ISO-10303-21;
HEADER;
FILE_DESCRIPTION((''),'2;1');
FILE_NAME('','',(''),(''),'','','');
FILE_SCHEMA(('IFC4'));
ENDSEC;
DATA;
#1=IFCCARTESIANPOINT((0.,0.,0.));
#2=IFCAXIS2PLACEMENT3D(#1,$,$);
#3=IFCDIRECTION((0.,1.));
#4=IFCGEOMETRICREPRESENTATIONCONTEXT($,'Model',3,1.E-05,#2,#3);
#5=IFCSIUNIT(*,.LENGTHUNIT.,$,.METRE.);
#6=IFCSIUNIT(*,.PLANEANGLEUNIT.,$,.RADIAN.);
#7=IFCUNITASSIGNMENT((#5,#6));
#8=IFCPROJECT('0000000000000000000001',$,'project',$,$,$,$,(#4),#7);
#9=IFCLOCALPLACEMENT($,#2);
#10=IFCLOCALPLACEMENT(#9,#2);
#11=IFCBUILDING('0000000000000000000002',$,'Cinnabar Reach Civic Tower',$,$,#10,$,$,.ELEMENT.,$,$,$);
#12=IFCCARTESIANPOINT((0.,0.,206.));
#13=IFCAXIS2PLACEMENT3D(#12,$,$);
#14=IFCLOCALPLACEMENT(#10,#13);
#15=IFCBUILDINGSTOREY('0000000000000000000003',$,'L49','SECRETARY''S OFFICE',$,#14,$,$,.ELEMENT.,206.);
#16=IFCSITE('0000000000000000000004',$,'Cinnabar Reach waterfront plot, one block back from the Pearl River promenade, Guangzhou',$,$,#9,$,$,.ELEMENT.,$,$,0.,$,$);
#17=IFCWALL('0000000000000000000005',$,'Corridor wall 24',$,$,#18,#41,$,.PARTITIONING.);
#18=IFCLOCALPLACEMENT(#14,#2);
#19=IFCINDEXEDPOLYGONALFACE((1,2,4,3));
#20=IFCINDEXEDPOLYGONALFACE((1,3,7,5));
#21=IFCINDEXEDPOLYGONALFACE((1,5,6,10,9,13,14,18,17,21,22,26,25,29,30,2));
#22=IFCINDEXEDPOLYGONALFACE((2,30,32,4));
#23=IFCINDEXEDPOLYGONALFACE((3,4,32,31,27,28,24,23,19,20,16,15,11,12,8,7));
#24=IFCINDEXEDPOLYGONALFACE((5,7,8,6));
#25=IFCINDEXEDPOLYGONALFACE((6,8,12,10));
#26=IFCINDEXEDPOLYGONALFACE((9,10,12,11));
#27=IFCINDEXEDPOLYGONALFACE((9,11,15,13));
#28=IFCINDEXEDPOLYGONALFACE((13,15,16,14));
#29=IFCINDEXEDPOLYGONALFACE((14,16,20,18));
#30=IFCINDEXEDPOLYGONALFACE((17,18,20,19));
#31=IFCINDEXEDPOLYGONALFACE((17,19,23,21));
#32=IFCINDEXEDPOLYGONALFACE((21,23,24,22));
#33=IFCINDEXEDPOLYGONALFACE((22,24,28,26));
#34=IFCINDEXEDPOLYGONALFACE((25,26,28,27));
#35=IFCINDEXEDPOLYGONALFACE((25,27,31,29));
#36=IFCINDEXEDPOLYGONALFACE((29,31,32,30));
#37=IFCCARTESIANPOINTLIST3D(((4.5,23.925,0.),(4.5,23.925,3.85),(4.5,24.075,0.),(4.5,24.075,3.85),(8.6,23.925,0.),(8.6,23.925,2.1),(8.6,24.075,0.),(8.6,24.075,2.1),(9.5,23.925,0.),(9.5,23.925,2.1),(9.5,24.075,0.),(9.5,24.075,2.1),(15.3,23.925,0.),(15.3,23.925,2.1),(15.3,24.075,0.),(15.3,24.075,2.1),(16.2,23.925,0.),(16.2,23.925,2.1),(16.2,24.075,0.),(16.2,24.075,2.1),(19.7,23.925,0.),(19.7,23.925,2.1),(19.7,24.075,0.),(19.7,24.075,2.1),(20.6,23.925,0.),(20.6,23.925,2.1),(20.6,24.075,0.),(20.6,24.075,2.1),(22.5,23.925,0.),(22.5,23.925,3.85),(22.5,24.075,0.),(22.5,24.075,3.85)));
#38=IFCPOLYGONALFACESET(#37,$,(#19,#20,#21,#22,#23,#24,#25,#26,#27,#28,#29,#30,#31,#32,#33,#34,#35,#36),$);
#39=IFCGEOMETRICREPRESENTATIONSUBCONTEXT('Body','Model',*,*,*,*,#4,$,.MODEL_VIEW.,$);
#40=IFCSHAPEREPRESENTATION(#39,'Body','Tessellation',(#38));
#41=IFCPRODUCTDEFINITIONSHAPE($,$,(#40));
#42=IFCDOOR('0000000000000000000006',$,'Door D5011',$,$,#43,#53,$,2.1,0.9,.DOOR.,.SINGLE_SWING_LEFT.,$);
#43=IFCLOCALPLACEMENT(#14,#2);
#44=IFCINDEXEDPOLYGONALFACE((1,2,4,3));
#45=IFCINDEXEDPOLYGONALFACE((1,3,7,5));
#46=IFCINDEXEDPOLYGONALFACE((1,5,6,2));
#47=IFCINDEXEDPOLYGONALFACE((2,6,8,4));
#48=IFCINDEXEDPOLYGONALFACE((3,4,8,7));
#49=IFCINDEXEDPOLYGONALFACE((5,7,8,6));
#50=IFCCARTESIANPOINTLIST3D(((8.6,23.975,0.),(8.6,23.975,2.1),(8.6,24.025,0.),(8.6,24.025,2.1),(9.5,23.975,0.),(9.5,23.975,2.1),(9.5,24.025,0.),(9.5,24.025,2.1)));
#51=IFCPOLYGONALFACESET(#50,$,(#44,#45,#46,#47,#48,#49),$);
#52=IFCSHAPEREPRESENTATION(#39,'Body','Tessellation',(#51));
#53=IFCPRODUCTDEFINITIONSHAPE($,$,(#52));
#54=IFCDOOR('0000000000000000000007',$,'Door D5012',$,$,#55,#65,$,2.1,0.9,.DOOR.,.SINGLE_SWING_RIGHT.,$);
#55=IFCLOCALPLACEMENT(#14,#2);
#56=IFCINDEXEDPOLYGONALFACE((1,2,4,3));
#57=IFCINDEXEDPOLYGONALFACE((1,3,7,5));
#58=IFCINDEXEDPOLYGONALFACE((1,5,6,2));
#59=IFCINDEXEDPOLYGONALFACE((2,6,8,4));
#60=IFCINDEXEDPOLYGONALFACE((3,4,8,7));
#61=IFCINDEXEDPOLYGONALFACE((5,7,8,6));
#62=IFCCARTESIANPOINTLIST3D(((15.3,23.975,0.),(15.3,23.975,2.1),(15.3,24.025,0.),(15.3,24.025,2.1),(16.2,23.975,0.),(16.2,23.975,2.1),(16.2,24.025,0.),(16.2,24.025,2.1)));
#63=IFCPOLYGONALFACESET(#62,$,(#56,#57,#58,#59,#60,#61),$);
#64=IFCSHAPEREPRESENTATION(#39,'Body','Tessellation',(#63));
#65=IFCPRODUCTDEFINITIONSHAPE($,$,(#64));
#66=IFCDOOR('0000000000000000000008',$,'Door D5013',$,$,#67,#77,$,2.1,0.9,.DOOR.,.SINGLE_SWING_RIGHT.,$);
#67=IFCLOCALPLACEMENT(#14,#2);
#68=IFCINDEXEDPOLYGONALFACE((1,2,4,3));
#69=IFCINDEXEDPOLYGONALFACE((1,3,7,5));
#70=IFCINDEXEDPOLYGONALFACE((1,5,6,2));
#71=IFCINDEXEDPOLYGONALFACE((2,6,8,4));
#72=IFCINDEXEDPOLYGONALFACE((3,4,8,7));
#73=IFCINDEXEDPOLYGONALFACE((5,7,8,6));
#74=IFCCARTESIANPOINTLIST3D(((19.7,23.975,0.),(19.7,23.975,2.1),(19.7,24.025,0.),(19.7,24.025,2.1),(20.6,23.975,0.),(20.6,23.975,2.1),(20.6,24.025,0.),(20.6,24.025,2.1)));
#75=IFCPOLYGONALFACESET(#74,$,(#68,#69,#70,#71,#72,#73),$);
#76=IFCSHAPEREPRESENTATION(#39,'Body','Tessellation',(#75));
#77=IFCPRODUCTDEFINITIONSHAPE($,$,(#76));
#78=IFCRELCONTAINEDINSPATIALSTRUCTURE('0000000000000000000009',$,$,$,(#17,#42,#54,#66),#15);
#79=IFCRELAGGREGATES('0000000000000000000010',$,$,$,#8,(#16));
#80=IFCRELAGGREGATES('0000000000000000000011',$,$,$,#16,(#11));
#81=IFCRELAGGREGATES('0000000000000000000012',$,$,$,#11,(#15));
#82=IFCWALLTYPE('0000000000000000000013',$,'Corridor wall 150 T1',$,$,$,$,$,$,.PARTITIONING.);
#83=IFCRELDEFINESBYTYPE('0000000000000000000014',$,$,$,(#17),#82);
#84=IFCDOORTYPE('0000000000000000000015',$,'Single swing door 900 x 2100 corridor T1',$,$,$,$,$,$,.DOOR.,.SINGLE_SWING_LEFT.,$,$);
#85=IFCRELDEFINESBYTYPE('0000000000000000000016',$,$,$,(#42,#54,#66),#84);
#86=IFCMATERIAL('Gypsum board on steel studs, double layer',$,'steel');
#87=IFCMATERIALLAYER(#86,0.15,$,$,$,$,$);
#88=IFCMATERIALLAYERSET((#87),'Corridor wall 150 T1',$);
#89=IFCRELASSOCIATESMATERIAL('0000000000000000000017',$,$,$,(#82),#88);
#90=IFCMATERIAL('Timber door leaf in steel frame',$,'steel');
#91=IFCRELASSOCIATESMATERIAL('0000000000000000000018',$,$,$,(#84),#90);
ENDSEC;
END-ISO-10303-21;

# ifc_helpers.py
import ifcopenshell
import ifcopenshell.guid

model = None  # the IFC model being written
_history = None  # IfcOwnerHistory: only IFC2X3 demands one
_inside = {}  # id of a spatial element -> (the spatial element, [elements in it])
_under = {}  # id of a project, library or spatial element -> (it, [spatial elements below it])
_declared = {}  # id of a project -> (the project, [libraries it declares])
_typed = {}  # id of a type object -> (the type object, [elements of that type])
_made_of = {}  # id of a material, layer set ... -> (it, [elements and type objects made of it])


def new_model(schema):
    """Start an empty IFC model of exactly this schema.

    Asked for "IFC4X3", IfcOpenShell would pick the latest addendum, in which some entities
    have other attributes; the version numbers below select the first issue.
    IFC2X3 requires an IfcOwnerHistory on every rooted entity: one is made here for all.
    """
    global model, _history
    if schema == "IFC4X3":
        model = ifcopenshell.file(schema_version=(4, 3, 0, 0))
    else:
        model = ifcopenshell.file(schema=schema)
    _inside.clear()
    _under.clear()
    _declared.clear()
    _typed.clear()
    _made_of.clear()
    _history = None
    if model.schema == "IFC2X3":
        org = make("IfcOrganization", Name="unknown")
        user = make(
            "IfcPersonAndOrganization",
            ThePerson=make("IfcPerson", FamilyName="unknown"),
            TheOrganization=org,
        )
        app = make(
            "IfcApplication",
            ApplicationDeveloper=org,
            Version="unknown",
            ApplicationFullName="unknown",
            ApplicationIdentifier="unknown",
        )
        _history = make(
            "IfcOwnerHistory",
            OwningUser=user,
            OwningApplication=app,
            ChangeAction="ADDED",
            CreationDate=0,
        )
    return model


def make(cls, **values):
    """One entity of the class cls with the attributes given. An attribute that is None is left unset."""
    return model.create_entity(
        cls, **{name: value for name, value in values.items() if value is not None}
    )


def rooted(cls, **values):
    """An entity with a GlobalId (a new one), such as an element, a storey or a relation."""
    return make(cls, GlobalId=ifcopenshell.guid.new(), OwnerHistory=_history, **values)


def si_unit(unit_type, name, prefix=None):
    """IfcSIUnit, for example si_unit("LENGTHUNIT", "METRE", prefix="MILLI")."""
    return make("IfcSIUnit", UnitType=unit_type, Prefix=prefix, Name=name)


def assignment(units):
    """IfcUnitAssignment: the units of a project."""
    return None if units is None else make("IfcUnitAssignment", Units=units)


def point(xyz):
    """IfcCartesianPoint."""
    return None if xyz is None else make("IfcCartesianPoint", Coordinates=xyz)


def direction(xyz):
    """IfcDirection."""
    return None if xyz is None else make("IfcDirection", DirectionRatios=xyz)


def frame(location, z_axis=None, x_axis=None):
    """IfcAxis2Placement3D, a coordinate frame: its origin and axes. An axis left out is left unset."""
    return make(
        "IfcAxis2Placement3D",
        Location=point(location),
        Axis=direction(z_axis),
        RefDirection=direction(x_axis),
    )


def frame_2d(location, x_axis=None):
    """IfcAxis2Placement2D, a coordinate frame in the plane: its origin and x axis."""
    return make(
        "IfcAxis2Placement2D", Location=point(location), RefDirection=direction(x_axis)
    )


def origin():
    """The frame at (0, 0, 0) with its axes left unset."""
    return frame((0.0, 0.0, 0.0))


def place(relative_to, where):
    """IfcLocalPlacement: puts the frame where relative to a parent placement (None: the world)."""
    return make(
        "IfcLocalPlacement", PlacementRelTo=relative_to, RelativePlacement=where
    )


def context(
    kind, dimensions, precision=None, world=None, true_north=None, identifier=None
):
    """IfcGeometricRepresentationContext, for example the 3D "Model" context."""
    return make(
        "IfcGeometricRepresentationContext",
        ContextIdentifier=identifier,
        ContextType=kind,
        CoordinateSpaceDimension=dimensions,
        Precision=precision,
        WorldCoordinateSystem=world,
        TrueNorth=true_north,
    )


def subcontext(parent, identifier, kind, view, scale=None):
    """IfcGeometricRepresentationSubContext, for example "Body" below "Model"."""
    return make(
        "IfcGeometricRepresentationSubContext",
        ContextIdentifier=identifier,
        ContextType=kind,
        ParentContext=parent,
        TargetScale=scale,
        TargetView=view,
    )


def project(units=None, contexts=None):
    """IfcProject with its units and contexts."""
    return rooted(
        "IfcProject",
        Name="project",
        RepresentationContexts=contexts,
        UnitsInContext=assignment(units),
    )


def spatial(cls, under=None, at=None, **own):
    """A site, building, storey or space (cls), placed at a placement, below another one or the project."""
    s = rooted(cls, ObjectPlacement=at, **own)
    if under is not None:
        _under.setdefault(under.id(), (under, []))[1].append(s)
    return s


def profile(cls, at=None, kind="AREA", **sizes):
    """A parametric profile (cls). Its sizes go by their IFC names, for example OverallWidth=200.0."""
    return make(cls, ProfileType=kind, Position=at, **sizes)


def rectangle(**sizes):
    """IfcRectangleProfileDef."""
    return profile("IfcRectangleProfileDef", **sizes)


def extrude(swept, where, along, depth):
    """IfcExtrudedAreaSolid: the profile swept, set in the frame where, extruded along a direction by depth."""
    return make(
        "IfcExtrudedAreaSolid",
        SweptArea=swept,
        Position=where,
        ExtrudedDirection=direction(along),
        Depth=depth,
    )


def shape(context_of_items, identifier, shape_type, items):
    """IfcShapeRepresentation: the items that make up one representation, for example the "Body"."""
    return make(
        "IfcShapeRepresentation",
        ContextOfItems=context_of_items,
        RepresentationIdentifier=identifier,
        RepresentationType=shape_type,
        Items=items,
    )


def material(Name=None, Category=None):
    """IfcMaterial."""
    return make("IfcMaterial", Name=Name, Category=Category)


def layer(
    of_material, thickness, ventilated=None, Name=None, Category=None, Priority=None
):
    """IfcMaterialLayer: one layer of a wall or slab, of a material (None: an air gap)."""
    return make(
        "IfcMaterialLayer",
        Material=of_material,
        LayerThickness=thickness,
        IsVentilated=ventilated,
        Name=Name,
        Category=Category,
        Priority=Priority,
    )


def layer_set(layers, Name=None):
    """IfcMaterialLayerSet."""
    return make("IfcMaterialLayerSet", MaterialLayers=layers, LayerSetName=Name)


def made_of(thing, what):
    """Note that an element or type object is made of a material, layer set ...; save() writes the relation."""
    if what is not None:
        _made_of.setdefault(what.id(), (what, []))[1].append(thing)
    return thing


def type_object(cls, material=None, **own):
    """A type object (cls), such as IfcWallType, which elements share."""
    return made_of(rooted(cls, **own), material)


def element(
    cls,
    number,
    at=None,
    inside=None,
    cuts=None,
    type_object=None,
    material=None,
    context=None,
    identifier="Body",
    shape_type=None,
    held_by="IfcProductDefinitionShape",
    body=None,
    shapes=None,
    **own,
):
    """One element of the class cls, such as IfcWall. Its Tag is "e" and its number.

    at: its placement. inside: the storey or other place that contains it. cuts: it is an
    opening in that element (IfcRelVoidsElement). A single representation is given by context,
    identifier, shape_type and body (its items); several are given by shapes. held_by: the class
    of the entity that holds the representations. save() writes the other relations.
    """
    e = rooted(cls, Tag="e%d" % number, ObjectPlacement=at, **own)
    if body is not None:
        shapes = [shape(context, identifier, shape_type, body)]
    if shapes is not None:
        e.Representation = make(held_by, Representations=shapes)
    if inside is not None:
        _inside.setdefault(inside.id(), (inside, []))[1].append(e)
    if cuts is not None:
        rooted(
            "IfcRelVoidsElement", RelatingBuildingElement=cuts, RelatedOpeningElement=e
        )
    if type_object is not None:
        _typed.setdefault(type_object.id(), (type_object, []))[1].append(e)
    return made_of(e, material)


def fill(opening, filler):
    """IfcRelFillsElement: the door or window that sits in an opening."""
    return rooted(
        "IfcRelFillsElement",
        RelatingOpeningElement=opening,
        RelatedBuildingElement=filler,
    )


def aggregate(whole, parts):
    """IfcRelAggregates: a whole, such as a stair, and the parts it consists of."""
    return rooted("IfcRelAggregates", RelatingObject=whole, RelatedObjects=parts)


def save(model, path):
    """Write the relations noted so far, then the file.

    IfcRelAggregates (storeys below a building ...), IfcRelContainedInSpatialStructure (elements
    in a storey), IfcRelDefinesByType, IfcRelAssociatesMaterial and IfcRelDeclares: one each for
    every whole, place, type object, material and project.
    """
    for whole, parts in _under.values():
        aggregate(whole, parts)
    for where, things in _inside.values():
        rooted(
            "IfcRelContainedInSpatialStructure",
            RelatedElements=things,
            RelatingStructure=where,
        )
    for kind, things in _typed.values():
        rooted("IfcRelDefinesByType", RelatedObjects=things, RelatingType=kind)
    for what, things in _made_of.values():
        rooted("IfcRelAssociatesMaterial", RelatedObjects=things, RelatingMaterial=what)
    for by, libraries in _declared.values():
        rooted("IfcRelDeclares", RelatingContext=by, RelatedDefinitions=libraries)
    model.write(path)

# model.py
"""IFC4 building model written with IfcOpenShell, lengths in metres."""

from ifc_helpers import new_model, si_unit, direction, frame, frame_2d, origin, place, context, subcontext, project, spatial, rectangle, extrude, material, layer, layer_set, type_object, element, fill, save


model = new_model("IFC4")

# Units and contexts
model_context = context("Model", 3, precision=1e-05, world=origin(), true_north=direction((0.0, 1.0)))
body_context = subcontext(model_context, "Body", "Model", "MODEL_VIEW")
ifc_project = project(units=[si_unit("LENGTHUNIT", "METRE"), si_unit("PLANEANGLEUNIT", "RADIAN")], contexts=[model_context])

# Site, building, storey
site_placement = place(None, origin())
site = spatial("IfcSite", under=ifc_project, at=site_placement, Name="Cinnabar Reach waterfront plot, one block back from the Pearl River promenade, Guangzhou", CompositionType="ELEMENT", RefElevation=0.0)
building_placement = place(site_placement, origin())
building = spatial("IfcBuilding", under=site, at=building_placement, Name="Cinnabar Reach Civic Tower", CompositionType="ELEMENT")
storey_placement = place(building_placement, frame((0.0, 0.0, 206.0)))
storey = spatial("IfcBuildingStorey", under=building, at=storey_placement, Name="L49", Description="SECRETARY'S OFFICE", CompositionType="ELEMENT", Elevation=206.0)

# Shared definitions
ifc_material_1 = material(Name="Timber door leaf in steel frame", Category="steel")

# Wall, openings, doors
ifc_material_2 = material(Name="Gypsum board on steel studs, double layer", Category="steel")
ifc_layer_1 = layer(ifc_material_2, 0.15)
ifc_layer_set_1 = layer_set([ifc_layer_1], Name="Corridor wall 150 T1")
wall_type_1 = type_object("IfcWallType", Name="Corridor wall 150 T1", PredefinedType="PARTITIONING", material=ifc_layer_set_1)
wall_1_placement = place(storey_placement, frame((4.5, 24.0, 0.0), z_axis=(0.0, 0.0, 1.0), x_axis=(1.0, 0.0, 0.0)))
wall_1 = element("IfcWall", 1, at=wall_1_placement, inside=storey, type_object=wall_type_1, Name="Corridor wall 24", PredefinedType="PARTITIONING", context=body_context, shape_type="SweptSolid", body=[
    extrude(rectangle(XDim=18.0, YDim=0.15, at=frame_2d((9.0, 0.0))), origin(), (0.0, 0.0, 1.0), 3.85),
])
opening_1_placement = place(wall_1_placement, frame((4.1, 0.0, 0.0)))
opening_1 = element("IfcOpeningElement", 2, at=opening_1_placement, cuts=wall_1, PredefinedType="OPENING", context=body_context, shape_type="SweptSolid", body=[
    extrude(rectangle(XDim=0.9, YDim=2.1, at=frame_2d((0.45, 1.05))), frame((0.0, 0.085, 0.0), z_axis=(0.0, -1.0, 0.0), x_axis=(1.0, 0.0, 0.0)), (0.0, 0.0, 1.0), 0.17),
])
opening_2_placement = place(wall_1_placement, frame((10.8, 0.0, 0.0)))
opening_2 = element("IfcOpeningElement", 3, at=opening_2_placement, cuts=wall_1, PredefinedType="OPENING", context=body_context, shape_type="SweptSolid", body=[
    extrude(rectangle(XDim=0.9, YDim=2.1, at=frame_2d((0.45, 1.05))), frame((0.0, 0.085, 0.0), z_axis=(0.0, -1.0, 0.0), x_axis=(1.0, 0.0, 0.0)), (0.0, 0.0, 1.0), 0.17),
])
opening_3_placement = place(wall_1_placement, frame((15.2, 0.0, 0.0)))
opening_3 = element("IfcOpeningElement", 4, at=opening_3_placement, cuts=wall_1, PredefinedType="OPENING", context=body_context, shape_type="SweptSolid", body=[
    extrude(rectangle(XDim=0.9, YDim=2.1, at=frame_2d((0.45, 1.05))), frame((0.0, 0.085, 0.0), z_axis=(0.0, -1.0, 0.0), x_axis=(1.0, 0.0, 0.0)), (0.0, 0.0, 1.0), 0.17),
])
door_type_1 = type_object("IfcDoorType", Name="Single swing door 900 x 2100 corridor T1", OperationType="SINGLE_SWING_LEFT", PredefinedType="DOOR", material=ifc_material_1)
door_1_placement = place(opening_1_placement, frame((0.9, 0.0, 0.0), z_axis=(0.0, 0.0, 1.0), x_axis=(-1.0, 0.0, 0.0)))
door_1 = element("IfcDoor", 5, at=door_1_placement, inside=storey, type_object=door_type_1, Name="Door D5011", OperationType="SINGLE_SWING_LEFT", OverallHeight=2.1, OverallWidth=0.9, PredefinedType="DOOR", context=body_context, shape_type="SweptSolid", body=[
    extrude(rectangle(XDim=0.9, YDim=2.1, at=frame_2d((0.45, 1.05))), frame((0.0, 0.025, 0.0), z_axis=(0.0, -1.0, 0.0), x_axis=(1.0, 0.0, 0.0)), (0.0, 0.0, 1.0), 0.05),
])
fill(opening_1, door_1)
door_2_placement = place(opening_2_placement, frame((0.9, 0.0, 0.0), z_axis=(0.0, 0.0, 1.0), x_axis=(-1.0, 0.0, 0.0)))
door_2 = element("IfcDoor", 6, at=door_2_placement, inside=storey, type_object=door_type_1, Name="Door D5012", OperationType="SINGLE_SWING_RIGHT", OverallHeight=2.1, OverallWidth=0.9, PredefinedType="DOOR", context=body_context, shape_type="SweptSolid", body=[
    extrude(rectangle(XDim=0.9, YDim=2.1, at=frame_2d((0.45, 1.05))), frame((0.0, 0.025, 0.0), z_axis=(0.0, -1.0, 0.0), x_axis=(1.0, 0.0, 0.0)), (0.0, 0.0, 1.0), 0.05),
])
fill(opening_2, door_2)
door_3_placement = place(opening_3_placement, frame((0.9, 0.0, 0.0), z_axis=(0.0, 0.0, 1.0), x_axis=(-1.0, 0.0, 0.0)))
door_3 = element("IfcDoor", 7, at=door_3_placement, inside=storey, type_object=door_type_1, Name="Door D5013", OperationType="SINGLE_SWING_RIGHT", OverallHeight=2.1, OverallWidth=0.9, PredefinedType="DOOR", context=body_context, shape_type="SweptSolid", body=[
    extrude(rectangle(XDim=0.9, YDim=2.1, at=frame_2d((0.45, 1.05))), frame((0.0, 0.025, 0.0), z_axis=(0.0, -1.0, 0.0), x_axis=(1.0, 0.0, 0.0)), (0.0, 0.0, 1.0), 0.05),
])
fill(opening_3, door_3)

save(model, "model.ifc")
